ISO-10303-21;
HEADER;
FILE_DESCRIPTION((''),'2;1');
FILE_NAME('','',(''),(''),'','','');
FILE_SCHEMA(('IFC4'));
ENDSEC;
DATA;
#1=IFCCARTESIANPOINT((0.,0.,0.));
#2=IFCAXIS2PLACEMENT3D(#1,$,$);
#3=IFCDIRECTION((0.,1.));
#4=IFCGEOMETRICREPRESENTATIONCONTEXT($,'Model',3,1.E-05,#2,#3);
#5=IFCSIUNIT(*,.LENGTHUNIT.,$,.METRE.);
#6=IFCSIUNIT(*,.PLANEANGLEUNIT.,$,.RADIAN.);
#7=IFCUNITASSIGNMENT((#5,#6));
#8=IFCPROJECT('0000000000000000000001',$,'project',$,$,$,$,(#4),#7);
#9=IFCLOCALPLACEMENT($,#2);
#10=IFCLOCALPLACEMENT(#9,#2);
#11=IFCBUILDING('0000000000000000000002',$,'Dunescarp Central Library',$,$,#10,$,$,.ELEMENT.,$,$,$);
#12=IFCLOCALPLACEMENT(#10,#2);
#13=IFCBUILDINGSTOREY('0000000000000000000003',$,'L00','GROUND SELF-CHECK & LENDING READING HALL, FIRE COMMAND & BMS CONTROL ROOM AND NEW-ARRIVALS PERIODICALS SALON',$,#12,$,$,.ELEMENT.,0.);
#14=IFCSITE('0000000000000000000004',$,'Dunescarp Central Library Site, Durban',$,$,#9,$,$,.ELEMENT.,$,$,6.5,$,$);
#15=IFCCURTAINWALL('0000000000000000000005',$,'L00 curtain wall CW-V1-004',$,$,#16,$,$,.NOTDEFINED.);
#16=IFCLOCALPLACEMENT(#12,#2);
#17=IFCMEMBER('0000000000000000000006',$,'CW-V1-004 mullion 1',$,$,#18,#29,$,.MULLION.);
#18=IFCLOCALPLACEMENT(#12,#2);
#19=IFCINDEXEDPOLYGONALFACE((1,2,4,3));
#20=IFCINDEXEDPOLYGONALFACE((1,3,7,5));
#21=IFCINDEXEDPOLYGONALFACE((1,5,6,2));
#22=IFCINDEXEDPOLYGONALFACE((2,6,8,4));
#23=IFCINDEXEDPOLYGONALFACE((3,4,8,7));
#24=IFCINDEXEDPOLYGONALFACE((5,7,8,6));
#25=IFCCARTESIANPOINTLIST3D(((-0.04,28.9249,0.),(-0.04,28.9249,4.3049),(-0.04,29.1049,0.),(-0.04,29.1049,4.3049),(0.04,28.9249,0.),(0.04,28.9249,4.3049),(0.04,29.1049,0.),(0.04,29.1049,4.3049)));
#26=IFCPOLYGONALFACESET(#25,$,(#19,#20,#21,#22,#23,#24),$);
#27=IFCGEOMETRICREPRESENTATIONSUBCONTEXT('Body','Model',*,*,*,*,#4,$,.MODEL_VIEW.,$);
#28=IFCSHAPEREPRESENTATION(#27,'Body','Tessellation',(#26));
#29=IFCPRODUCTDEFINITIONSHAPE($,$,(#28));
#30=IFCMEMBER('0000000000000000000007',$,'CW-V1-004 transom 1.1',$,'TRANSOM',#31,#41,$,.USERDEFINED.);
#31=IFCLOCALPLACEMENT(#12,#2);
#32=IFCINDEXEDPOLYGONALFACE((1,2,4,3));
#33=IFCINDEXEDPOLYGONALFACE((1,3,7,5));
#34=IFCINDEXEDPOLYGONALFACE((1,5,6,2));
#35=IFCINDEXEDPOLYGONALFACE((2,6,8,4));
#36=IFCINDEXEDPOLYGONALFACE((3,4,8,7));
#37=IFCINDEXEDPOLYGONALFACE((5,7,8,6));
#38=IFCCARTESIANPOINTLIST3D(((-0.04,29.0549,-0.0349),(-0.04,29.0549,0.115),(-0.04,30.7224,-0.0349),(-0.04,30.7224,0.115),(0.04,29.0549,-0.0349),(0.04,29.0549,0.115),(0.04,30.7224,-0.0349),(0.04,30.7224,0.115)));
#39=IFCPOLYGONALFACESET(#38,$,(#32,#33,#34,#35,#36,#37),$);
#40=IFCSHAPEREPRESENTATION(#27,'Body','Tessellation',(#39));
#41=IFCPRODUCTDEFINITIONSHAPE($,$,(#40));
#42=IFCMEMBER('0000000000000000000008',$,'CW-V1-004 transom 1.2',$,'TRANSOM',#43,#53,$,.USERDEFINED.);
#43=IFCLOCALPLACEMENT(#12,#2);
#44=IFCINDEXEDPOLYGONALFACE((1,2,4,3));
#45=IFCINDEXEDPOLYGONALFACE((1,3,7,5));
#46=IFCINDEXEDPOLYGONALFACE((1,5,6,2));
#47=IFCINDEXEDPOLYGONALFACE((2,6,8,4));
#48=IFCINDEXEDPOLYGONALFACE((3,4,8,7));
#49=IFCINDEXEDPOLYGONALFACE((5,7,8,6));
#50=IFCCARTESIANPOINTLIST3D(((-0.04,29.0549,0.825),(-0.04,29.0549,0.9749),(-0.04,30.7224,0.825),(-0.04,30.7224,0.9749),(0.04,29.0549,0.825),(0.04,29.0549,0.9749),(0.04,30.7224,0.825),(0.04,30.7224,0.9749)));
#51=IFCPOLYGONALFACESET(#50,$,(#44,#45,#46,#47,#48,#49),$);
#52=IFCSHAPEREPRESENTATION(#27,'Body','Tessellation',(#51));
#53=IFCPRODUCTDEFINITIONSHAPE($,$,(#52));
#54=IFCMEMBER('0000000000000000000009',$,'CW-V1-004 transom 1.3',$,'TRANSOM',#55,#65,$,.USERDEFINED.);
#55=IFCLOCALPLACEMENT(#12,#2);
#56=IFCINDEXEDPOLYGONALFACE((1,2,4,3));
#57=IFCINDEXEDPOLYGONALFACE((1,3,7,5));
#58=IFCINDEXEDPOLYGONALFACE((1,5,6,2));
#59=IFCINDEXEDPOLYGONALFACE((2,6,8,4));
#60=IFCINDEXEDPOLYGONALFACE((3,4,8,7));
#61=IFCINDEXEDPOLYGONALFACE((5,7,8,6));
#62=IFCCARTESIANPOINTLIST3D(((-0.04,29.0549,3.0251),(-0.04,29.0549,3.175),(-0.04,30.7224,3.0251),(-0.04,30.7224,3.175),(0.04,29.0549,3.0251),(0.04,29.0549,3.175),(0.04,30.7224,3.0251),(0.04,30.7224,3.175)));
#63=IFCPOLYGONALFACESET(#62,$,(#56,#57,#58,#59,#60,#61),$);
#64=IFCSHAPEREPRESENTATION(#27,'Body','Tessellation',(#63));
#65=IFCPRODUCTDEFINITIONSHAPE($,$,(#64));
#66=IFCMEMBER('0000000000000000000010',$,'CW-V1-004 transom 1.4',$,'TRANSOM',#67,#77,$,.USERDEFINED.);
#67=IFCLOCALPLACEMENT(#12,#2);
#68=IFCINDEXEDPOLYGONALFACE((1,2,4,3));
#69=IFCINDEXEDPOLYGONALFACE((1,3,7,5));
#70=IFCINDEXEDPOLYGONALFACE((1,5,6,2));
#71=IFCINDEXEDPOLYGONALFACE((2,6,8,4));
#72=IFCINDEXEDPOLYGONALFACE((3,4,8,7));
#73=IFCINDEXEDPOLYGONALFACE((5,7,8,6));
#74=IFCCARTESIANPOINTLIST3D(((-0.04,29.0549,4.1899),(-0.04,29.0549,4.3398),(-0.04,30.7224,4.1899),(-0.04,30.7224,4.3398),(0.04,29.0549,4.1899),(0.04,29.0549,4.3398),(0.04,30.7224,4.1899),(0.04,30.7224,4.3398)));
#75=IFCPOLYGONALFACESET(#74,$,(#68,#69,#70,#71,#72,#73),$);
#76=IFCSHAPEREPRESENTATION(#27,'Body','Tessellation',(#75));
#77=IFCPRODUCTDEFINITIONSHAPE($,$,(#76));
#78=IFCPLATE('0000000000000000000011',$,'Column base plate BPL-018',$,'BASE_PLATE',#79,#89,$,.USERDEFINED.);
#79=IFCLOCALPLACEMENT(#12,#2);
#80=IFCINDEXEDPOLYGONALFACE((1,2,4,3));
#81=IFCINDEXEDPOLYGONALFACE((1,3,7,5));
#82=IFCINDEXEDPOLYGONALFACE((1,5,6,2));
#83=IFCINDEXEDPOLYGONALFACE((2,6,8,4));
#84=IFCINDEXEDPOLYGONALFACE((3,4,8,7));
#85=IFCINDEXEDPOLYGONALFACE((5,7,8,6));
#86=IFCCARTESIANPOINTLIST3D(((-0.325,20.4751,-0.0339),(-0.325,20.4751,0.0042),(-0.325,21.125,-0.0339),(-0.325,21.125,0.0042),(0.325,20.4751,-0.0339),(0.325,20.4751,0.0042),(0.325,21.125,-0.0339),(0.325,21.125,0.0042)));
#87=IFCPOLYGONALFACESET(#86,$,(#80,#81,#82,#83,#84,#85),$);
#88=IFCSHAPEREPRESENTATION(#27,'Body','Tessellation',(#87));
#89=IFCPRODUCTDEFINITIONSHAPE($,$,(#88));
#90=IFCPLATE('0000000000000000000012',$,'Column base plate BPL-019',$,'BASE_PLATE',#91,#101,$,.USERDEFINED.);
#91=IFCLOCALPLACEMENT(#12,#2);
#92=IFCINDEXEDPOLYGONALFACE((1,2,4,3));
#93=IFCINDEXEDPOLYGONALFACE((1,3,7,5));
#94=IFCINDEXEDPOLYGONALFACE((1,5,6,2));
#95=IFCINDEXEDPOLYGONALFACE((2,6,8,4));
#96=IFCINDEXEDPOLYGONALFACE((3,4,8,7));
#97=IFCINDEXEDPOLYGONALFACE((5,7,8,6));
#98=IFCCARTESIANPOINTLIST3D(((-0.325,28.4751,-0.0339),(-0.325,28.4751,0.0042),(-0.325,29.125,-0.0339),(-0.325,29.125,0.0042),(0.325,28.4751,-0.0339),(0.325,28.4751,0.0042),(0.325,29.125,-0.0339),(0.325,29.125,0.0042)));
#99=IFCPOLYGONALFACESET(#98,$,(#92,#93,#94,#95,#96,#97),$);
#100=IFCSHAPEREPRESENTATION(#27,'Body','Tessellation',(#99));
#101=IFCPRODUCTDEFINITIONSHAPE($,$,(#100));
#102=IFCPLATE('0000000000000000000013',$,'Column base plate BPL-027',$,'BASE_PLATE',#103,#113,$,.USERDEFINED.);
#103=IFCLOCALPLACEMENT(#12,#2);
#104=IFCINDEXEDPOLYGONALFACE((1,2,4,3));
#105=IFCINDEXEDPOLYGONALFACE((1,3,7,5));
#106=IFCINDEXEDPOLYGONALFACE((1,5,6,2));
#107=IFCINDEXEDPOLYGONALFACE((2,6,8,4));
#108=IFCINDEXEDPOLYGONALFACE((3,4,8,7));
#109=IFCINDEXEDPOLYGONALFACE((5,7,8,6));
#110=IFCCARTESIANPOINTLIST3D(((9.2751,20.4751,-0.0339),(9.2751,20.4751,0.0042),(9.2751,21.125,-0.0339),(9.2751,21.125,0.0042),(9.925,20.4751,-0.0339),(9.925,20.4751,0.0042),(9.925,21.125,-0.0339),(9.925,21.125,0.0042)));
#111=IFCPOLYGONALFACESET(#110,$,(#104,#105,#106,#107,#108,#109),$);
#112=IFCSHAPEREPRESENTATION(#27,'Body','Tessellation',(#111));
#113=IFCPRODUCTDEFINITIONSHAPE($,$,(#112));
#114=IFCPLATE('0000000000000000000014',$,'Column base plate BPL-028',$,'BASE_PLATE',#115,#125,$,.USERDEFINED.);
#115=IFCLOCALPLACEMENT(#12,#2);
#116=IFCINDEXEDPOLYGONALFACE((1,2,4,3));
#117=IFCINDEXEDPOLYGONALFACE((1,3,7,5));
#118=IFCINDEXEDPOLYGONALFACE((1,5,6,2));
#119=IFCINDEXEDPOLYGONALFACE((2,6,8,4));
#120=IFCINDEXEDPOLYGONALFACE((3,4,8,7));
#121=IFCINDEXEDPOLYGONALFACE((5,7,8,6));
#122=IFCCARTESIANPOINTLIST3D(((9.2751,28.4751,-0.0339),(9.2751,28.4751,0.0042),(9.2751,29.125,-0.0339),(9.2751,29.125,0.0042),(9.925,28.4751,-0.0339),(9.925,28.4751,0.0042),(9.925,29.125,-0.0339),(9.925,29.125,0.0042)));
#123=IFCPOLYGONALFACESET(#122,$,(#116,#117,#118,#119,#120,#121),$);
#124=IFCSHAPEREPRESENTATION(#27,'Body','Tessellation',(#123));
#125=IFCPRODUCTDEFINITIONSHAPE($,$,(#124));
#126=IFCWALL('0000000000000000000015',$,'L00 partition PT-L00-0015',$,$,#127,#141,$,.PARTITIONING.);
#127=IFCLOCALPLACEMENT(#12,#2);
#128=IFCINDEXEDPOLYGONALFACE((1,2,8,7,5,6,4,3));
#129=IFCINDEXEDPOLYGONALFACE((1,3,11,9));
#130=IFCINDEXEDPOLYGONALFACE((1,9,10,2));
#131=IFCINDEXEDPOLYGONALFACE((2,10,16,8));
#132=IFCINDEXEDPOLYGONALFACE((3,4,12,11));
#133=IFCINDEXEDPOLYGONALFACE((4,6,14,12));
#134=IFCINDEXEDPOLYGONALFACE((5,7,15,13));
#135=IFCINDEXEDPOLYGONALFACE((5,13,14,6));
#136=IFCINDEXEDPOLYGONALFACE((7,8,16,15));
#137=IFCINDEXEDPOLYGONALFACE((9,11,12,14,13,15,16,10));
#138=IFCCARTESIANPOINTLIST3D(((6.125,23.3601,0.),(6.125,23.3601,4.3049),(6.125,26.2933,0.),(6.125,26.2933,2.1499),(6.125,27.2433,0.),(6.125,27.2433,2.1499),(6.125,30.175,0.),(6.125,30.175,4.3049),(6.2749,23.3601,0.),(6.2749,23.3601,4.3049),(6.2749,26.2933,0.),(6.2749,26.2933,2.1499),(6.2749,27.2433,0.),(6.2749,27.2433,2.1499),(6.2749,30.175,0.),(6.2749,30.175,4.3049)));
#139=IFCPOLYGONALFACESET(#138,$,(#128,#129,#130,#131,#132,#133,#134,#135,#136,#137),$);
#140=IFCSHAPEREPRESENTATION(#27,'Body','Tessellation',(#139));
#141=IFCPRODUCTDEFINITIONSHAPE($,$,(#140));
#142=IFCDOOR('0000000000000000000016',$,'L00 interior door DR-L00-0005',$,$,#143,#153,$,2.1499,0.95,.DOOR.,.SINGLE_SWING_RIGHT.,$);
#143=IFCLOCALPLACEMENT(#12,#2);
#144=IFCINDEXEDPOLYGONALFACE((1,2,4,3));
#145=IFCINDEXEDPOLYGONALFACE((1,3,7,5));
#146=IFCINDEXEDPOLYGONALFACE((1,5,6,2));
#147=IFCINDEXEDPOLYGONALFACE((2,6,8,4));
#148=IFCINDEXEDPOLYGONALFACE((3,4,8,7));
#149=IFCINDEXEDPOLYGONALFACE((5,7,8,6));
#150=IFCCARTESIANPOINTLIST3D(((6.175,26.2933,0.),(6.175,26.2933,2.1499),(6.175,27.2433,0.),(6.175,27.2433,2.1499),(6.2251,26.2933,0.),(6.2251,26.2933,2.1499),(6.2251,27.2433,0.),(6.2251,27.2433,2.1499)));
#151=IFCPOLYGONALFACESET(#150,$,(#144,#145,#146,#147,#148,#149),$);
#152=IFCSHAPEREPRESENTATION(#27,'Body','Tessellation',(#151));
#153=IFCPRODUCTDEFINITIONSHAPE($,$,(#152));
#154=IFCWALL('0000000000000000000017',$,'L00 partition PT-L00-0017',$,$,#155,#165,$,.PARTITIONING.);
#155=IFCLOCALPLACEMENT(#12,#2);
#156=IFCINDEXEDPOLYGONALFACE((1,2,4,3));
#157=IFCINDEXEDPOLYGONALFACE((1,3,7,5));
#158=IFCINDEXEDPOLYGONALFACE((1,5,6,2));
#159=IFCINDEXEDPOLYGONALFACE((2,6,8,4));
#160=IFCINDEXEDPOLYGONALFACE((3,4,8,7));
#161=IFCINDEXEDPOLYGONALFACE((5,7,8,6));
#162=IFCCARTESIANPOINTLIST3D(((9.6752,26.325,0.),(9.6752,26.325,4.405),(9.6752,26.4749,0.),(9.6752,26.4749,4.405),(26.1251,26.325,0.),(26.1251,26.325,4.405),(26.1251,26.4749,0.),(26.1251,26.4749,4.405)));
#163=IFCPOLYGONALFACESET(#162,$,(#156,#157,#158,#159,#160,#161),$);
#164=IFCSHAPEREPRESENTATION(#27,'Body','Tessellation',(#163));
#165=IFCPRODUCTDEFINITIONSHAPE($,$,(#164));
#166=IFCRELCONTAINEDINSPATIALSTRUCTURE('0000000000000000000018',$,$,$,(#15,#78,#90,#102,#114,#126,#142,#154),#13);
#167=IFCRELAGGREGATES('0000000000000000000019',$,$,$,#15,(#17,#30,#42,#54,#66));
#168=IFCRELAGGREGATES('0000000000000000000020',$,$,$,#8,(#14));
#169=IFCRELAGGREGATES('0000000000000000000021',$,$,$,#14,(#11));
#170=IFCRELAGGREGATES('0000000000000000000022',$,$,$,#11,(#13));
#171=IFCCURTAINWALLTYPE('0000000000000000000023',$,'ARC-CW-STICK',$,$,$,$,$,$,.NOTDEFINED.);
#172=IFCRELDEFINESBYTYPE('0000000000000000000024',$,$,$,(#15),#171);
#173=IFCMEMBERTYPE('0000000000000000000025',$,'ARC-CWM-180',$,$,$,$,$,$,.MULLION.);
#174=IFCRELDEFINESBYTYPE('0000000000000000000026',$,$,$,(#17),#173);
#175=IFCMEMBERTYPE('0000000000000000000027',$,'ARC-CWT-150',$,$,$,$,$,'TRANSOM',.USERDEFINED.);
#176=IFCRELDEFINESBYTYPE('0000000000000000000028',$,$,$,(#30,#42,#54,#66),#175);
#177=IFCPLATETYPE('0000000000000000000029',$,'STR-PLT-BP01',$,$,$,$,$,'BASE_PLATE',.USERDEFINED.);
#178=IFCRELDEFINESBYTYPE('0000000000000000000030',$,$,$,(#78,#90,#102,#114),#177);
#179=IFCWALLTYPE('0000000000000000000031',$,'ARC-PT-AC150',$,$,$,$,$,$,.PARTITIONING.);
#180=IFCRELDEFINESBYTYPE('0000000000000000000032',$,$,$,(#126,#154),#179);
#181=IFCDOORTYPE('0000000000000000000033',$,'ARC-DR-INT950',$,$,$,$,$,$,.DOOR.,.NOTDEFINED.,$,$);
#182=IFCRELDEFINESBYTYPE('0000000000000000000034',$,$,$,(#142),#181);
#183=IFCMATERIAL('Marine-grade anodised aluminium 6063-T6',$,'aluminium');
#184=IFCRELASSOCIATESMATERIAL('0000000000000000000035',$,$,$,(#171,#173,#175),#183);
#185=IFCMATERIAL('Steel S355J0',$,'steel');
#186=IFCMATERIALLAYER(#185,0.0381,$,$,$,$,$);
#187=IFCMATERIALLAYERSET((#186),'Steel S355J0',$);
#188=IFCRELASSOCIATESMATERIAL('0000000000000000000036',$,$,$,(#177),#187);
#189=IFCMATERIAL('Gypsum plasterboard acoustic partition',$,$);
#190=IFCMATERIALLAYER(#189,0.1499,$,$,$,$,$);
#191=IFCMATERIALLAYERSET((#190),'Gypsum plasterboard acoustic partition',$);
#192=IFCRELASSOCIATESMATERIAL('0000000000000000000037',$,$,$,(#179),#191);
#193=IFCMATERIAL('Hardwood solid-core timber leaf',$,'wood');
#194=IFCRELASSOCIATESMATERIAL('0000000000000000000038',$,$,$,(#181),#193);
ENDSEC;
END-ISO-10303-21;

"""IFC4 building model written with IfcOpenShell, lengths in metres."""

from ifc_helpers import new_model, si_unit, direction, frame, frame_2d, origin, origin_2d, place, context, subcontext, project, spatial, rectangle, extrude, material, layer, layer_set, material_profile, profile_set, type_object, element, fill, aggregate, save


model = new_model("IFC4")

# Units and contexts
model_context = context("Model", 3, precision=1e-05, world=origin(), true_north=direction((0.0, 1.0)))
body_context = subcontext(model_context, "Body", "Model", "MODEL_VIEW")
ifc_project = project(units=[si_unit("LENGTHUNIT", "METRE"), si_unit("PLANEANGLEUNIT", "RADIAN")], contexts=[model_context])

# Site, building, storey
site_placement = place(None, origin())
site = spatial("IfcSite", under=ifc_project, at=site_placement, Name="Dunescarp Central Library Site, Durban", CompositionType="ELEMENT", RefElevation=6.5)
building_placement = place(site_placement, origin())
building = spatial("IfcBuilding", under=site, at=building_placement, Name="Dunescarp Central Library", CompositionType="ELEMENT")
storey_placement = place(building_placement, origin())
storey = spatial("IfcBuildingStorey", under=building, at=storey_placement, Name="L00", Description="GROUND SELF-CHECK & LENDING READING HALL, FIRE COMMAND & BMS CONTROL ROOM AND NEW-ARRIVALS PERIODICALS SALON", CompositionType="ELEMENT", Elevation=0.0)

# Curtain wall, members
ifc_material_1 = material(Name="Marine-grade anodised aluminium 6063-T6", Category="aluminium")
curtain_wall_type = type_object("IfcCurtainWallType", Name="ARC-CW-STICK", PredefinedType="NOTDEFINED", material=ifc_material_1)
curtain_wall_placement = place(storey_placement, origin())
curtain_wall = element("IfcCurtainWall", 1, at=curtain_wall_placement, inside=storey, type_object=curtain_wall_type, Name="L00 curtain wall CW-V1-004", PredefinedType="NOTDEFINED")
ifc_material_profile_1 = material_profile(ifc_material_1, rectangle(XDim=0.0801, YDim=0.1799, at=origin_2d()), Name="AL 80x180")
ifc_profile_set_1 = profile_set([ifc_material_profile_1], Name="Marine-grade anodised aluminium 6063-T6")
member_type_1 = type_object("IfcMemberType", Name="ARC-CWM-180", PredefinedType="MULLION", material=ifc_profile_set_1)
member_1_placement = place(storey_placement, frame((0.0, 29.0149, 0.0), z_axis=(0.0, 0.0, 1.0), x_axis=(-1.0, 0.0, 0.0)))
member_1 = element("IfcMember", 2, at=member_1_placement, type_object=member_type_1, Name="CW-V1-004 mullion 1", PredefinedType="MULLION", context=body_context, shape_type="SweptSolid", body=[
    extrude(rectangle(XDim=0.0801, YDim=0.1799, at=origin_2d()), origin(), (0.0, 0.0, 1.0), 4.3049),
])
ifc_material_profile_2 = material_profile(ifc_material_1, rectangle(XDim=0.0801, YDim=0.1499, at=origin_2d()), Name="AL 80x150")
ifc_profile_set_2 = profile_set([ifc_material_profile_2], Name="Marine-grade anodised aluminium 6063-T6")
member_type_2 = type_object("IfcMemberType", Name="ARC-CWT-150", ElementType="TRANSOM", PredefinedType="USERDEFINED", material=ifc_profile_set_2)
member_2_placement = place(storey_placement, frame((0.0, 29.0549, 0.04), z_axis=(0.0, 1.0, 0.0), x_axis=(-1.0, 0.0, 0.0)))
member_2 = element("IfcMember", 3, at=member_2_placement, type_object=member_type_2, Name="CW-V1-004 transom 1.1", ObjectType="TRANSOM", PredefinedType="USERDEFINED", context=body_context, shape_type="SweptSolid", body=[
    extrude(rectangle(XDim=0.0801, YDim=0.1499, at=origin_2d()), origin(), (0.0, 0.0, 1.0), 1.6675),
])
member_3_placement = place(storey_placement, frame((0.0, 29.0549, 0.8999), z_axis=(0.0, 1.0, 0.0), x_axis=(-1.0, 0.0, 0.0)))
member_3 = element("IfcMember", 4, at=member_3_placement, type_object=member_type_2, Name="CW-V1-004 transom 1.2", ObjectType="TRANSOM", PredefinedType="USERDEFINED", context=body_context, shape_type="SweptSolid", body=[
    extrude(rectangle(XDim=0.0801, YDim=0.1499, at=origin_2d()), origin(), (0.0, 0.0, 1.0), 1.6675),
])
member_4_placement = place(storey_placement, frame((0.0, 29.0549, 3.1001), z_axis=(0.0, 1.0, 0.0), x_axis=(-1.0, 0.0, 0.0)))
member_4 = element("IfcMember", 5, at=member_4_placement, type_object=member_type_2, Name="CW-V1-004 transom 1.3", ObjectType="TRANSOM", PredefinedType="USERDEFINED", context=body_context, shape_type="SweptSolid", body=[
    extrude(rectangle(XDim=0.0801, YDim=0.1499, at=origin_2d()), origin(), (0.0, 0.0, 1.0), 1.6675),
])
member_5_placement = place(storey_placement, frame((0.0, 29.0549, 4.2649), z_axis=(0.0, 1.0, 0.0), x_axis=(-1.0, 0.0, 0.0)))
member_5 = element("IfcMember", 6, at=member_5_placement, type_object=member_type_2, Name="CW-V1-004 transom 1.4", ObjectType="TRANSOM", PredefinedType="USERDEFINED", context=body_context, shape_type="SweptSolid", body=[
    extrude(rectangle(XDim=0.0801, YDim=0.1499, at=origin_2d()), origin(), (0.0, 0.0, 1.0), 1.6675),
])
aggregate(curtain_wall, [member_1, member_2, member_3, member_4, member_5])

# Plates
ifc_material_2 = material(Name="Steel S355J0", Category="steel")
ifc_layer_1 = layer(ifc_material_2, 0.0381)
ifc_layer_set_1 = layer_set([ifc_layer_1], Name="Steel S355J0")
plate_type = type_object("IfcPlateType", Name="STR-PLT-BP01", ElementType="BASE_PLATE", PredefinedType="USERDEFINED", material=ifc_layer_set_1)
for number, where, z_axis, x_axis, name in (
    (7, (0.0, 20.8, -0.0339), (0.0, 0.0, 1.0), (1.0, 0.0, 0.0), "Column base plate BPL-018"),
    (8, (0.0, 28.8, -0.0339), (0.0, 0.0, 1.0), (1.0, 0.0, 0.0), "Column base plate BPL-019"),
    (9, (9.6001, 20.8, -0.0339), (0.0, 0.0, 1.0), (1.0, 0.0, 0.0), "Column base plate BPL-027"),
    (10, (9.6001, 28.8, -0.0339), (0.0, 0.0, 1.0), (1.0, 0.0, 0.0), "Column base plate BPL-028"),
):
    element("IfcPlate", number, at=place(storey_placement, frame(where, z_axis=z_axis, x_axis=x_axis)), inside=storey, type_object=plate_type, Name=name, ObjectType="BASE_PLATE", PredefinedType="USERDEFINED", context=body_context, shape_type="SweptSolid", body=[
        extrude(rectangle(XDim=0.6499, YDim=0.6499, at=origin_2d()), origin(), (0.0, 0.0, 1.0), 0.0381),
    ])

# Wall, opening, door
ifc_material_3 = material(Name="Gypsum plasterboard acoustic partition")
ifc_layer_2 = layer(ifc_material_3, 0.1499)
ifc_layer_set_2 = layer_set([ifc_layer_2], Name="Gypsum plasterboard acoustic partition")
wall_type_1 = type_object("IfcWallType", Name="ARC-PT-AC150", PredefinedType="PARTITIONING", material=ifc_layer_set_2)
wall_1_placement = place(storey_placement, frame((6.2, 23.3601, 0.0), z_axis=(0.0, 0.0, 1.0), x_axis=(0.0, 1.0, 0.0)))
wall_1 = element("IfcWall", 11, at=wall_1_placement, inside=storey, type_object=wall_type_1, Name="L00 partition PT-L00-0015", PredefinedType="PARTITIONING", context=body_context, shape_type="SweptSolid", body=[
    extrude(rectangle(XDim=6.8149, YDim=0.1499, at=frame_2d((3.4075, 0.0))), origin(), (0.0, 0.0, 1.0), 4.3049),
])
opening_1_placement = place(wall_1_placement, frame((2.9331, 0.0, 0.0)))
opening_1 = element("IfcOpeningElement", 12, at=opening_1_placement, cuts=wall_1, PredefinedType="OPENING", context=body_context, shape_type="SweptSolid", body=[
    extrude(rectangle(XDim=0.95, YDim=2.1499, at=frame_2d((0.4751, 1.075))), frame((0.0, 0.085, 0.0), z_axis=(0.0, -1.0, 0.0), x_axis=(1.0, 0.0, 0.0)), (0.0, 0.0, 1.0), 0.1699),
])
ifc_material_4 = material(Name="Hardwood solid-core timber leaf", Category="wood")
door_type_1 = type_object("IfcDoorType", Name="ARC-DR-INT950", OperationType="NOTDEFINED", PredefinedType="DOOR", material=ifc_material_4)
door_1_placement = place(opening_1_placement, origin())
door_1 = element("IfcDoor", 13, at=door_1_placement, inside=storey, type_object=door_type_1, Name="L00 interior door DR-L00-0005", OperationType="SINGLE_SWING_RIGHT", OverallHeight=2.1499, OverallWidth=0.95, PredefinedType="DOOR", context=body_context, shape_type="SweptSolid", body=[
    extrude(rectangle(XDim=0.95, YDim=2.1499, at=frame_2d((0.4751, 1.075))), frame((0.0, 0.0249, 0.0), z_axis=(0.0, -1.0, 0.0), x_axis=(1.0, 0.0, 0.0)), (0.0, 0.0, 1.0), 0.05),
])
fill(opening_1, door_1)

# Wall
wall_2_placement = place(storey_placement, frame((9.675, 26.3999, 0.0), z_axis=(0.0, 0.0, 1.0), x_axis=(1.0, 0.0, 0.0)))
element("IfcWall", 14, at=wall_2_placement, inside=storey, type_object=wall_type_1, Name="L00 partition PT-L00-0017", PredefinedType="PARTITIONING", context=body_context, shape_type="SweptSolid", body=[
    extrude(rectangle(XDim=16.45, YDim=0.1499, at=frame_2d((8.2251, 0.0))), origin(), (0.0, 0.0, 1.0), 4.405),
])

save(model, "model.ifc")
